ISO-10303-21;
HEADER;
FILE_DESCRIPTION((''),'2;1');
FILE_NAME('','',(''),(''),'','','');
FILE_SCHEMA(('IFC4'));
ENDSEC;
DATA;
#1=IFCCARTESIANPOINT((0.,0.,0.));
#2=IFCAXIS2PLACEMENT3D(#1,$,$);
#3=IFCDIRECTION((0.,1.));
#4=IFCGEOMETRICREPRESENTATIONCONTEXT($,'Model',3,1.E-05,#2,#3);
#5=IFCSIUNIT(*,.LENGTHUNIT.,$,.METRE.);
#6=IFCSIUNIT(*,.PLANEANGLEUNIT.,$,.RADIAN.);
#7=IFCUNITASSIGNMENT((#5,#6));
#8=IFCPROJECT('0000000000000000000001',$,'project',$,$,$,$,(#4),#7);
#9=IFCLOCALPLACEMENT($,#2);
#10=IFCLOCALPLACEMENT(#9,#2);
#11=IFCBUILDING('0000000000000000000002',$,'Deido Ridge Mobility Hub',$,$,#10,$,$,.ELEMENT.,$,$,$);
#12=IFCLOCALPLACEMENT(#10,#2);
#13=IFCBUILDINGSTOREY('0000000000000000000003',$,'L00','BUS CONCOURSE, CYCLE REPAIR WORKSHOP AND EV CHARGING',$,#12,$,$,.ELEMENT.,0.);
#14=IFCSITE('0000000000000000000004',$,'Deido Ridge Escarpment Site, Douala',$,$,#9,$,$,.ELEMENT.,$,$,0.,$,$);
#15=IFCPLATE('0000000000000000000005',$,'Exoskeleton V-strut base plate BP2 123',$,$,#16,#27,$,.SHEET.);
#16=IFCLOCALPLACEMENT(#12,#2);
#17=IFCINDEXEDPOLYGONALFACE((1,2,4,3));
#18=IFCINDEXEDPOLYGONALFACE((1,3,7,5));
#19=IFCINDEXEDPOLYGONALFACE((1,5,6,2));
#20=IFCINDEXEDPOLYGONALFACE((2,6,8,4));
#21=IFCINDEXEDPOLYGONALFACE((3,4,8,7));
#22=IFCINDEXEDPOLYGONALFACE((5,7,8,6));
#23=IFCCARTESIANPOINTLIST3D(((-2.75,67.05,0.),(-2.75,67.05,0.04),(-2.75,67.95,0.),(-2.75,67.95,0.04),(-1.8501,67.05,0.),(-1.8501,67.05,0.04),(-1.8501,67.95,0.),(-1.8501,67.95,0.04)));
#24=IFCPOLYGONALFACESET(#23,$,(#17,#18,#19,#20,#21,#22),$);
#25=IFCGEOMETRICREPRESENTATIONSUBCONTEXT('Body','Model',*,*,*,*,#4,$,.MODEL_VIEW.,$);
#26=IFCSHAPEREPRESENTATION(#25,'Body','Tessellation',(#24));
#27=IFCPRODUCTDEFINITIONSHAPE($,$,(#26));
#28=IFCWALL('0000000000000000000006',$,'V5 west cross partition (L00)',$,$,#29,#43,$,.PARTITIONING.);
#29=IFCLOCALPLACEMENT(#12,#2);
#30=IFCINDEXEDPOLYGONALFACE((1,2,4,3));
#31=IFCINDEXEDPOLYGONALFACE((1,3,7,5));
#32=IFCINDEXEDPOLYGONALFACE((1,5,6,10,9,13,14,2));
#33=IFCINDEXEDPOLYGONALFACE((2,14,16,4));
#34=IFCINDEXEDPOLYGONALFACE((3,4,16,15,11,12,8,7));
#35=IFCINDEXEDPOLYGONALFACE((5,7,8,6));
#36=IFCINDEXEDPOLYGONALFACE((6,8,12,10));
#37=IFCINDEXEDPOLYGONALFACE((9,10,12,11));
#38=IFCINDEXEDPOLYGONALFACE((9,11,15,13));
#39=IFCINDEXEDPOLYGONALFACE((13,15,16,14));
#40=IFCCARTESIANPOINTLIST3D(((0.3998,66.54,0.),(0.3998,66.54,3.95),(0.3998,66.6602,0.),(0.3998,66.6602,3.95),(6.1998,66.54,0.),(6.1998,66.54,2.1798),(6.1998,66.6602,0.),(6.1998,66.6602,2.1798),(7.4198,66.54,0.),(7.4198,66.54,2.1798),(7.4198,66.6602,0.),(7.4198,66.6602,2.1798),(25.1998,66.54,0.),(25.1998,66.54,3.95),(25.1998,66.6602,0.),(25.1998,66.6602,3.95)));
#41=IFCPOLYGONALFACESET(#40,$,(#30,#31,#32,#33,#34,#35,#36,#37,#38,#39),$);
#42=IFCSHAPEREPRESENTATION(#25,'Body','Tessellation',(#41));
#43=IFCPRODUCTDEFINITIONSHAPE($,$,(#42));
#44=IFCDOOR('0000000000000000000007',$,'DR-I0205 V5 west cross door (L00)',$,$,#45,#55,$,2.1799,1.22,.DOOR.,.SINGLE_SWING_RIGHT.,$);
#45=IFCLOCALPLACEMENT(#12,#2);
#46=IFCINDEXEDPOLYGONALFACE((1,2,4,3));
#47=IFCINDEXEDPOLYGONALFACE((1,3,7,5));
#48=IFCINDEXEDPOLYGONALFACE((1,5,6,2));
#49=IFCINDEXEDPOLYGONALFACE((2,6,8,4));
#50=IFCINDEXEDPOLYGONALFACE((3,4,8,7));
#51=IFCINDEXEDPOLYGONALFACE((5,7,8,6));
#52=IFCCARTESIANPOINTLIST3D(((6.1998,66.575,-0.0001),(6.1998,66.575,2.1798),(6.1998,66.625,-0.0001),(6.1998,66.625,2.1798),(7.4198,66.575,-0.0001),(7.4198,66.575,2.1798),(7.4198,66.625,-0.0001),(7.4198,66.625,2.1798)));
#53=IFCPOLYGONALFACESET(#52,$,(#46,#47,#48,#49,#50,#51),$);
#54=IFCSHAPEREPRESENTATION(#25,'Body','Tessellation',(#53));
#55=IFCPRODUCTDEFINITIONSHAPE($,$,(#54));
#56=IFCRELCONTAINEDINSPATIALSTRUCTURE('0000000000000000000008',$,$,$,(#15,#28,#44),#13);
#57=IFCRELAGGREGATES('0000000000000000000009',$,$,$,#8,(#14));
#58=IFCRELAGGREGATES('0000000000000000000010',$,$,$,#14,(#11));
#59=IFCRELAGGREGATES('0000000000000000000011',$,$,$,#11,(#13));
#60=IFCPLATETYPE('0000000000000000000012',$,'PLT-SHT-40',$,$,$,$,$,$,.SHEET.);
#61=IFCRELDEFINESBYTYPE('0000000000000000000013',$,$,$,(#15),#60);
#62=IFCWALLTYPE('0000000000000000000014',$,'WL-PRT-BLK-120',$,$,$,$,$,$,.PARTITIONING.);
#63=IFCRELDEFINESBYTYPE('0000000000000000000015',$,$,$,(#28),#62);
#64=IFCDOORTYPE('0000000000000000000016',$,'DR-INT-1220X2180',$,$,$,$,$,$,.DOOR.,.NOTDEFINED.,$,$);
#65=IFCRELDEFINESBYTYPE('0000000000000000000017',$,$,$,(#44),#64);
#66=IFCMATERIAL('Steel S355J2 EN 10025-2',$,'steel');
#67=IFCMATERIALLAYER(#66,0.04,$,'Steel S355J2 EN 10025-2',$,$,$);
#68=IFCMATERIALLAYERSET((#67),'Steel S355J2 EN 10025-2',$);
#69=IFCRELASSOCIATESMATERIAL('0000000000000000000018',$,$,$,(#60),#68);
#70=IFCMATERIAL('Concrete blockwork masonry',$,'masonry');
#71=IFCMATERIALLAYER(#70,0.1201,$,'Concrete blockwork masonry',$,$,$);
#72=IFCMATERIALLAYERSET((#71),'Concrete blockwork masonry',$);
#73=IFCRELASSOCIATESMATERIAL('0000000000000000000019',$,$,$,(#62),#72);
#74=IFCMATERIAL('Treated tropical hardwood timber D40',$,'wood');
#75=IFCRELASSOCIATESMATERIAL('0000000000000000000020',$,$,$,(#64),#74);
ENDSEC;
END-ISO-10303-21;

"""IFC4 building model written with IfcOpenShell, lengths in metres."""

from ifc_helpers import new_model, si_unit, direction, frame, frame_2d, origin, origin_2d, place, context, subcontext, project, spatial, rectangle, extrude, material, layer, layer_set, type_object, element, fill, save


model = new_model("IFC4")

# Units and contexts
model_context = context("Model", 3, precision=1e-05, world=origin(), true_north=direction((0.0, 1.0)))
body_context = subcontext(model_context, "Body", "Model", "MODEL_VIEW")
ifc_project = project(units=[si_unit("LENGTHUNIT", "METRE"), si_unit("PLANEANGLEUNIT", "RADIAN")], contexts=[model_context])

# Site, building, storey
site_placement = place(None, origin())
site = spatial("IfcSite", under=ifc_project, at=site_placement, Name="Deido Ridge Escarpment Site, Douala", CompositionType="ELEMENT", RefElevation=0.0)
building_placement = place(site_placement, origin())
building = spatial("IfcBuilding", under=site, at=building_placement, Name="Deido Ridge Mobility Hub", CompositionType="ELEMENT")
storey_placement = place(building_placement, origin())
storey = spatial("IfcBuildingStorey", under=building, at=storey_placement, Name="L00", Description="BUS CONCOURSE, CYCLE REPAIR WORKSHOP AND EV CHARGING", CompositionType="ELEMENT", Elevation=0.0)

# Shared definitions
ifc_material_1 = material(Name="Steel S355J2 EN 10025-2", Category="steel")

# Plate
ifc_layer_1 = layer(ifc_material_1, 0.04, Name="Steel S355J2 EN 10025-2")
ifc_layer_set_1 = layer_set([ifc_layer_1], Name="Steel S355J2 EN 10025-2")
plate_type_1 = type_object("IfcPlateType", Name="PLT-SHT-40", PredefinedType="SHEET", material=ifc_layer_set_1)
plate_1_placement = place(storey_placement, frame((-2.3, 67.5, 0.0), z_axis=(0.0, 0.0, 1.0), x_axis=(1.0, 0.0, 0.0)))
element("IfcPlate", 1, at=plate_1_placement, inside=storey, type_object=plate_type_1, Name="Exoskeleton V-strut base plate BP2 123", PredefinedType="SHEET", context=body_context, shape_type="SweptSolid", body=[
    extrude(rectangle(XDim=0.8999, YDim=0.8999, at=origin_2d()), origin(), (0.0, 0.0, 1.0), 0.04),
])

# Wall, opening, door
ifc_material_2 = material(Name="Concrete blockwork masonry", Category="masonry")
ifc_layer_2 = layer(ifc_material_2, 0.1201, Name="Concrete blockwork masonry")
ifc_layer_set_2 = layer_set([ifc_layer_2], Name="Concrete blockwork masonry")
wall_type = type_object("IfcWallType", Name="WL-PRT-BLK-120", PredefinedType="PARTITIONING", material=ifc_layer_set_2)
wall_placement = place(storey_placement, frame((0.3999, 66.6001, 0.0), z_axis=(0.0, 0.0, 1.0), x_axis=(1.0, 0.0, 0.0)))
wall = element("IfcWall", 2, at=wall_placement, inside=storey, type_object=wall_type, Name="V5 west cross partition (L00)", PredefinedType="PARTITIONING", context=body_context, shape_type="SweptSolid", body=[
    extrude(rectangle(XDim=24.8, YDim=0.1201, at=frame_2d((12.3999, 0.0))), origin(), (0.0, 0.0, 1.0), 3.95),
])
opening_placement = place(wall_placement, frame((5.8, 0.0, 0.0)))
opening = element("IfcOpeningElement", 3, at=opening_placement, cuts=wall, PredefinedType="OPENING", context=body_context, shape_type="SweptSolid", body=[
    extrude(rectangle(XDim=1.22, YDim=2.1799, at=frame_2d((0.6099, 1.0898))), frame((0.0, 0.0701, 0.0), z_axis=(0.0, -1.0, 0.0), x_axis=(1.0, 0.0, 0.0)), (0.0, 0.0, 1.0), 0.1401),
])
ifc_material_3 = material(Name="Treated tropical hardwood timber D40", Category="wood")
door_type = type_object("IfcDoorType", Name="DR-INT-1220X2180", OperationType="NOTDEFINED", PredefinedType="DOOR", material=ifc_material_3)
door_placement = place(opening_placement, origin())
door = element("IfcDoor", 4, at=door_placement, inside=storey, type_object=door_type, Name="DR-I0205 V5 west cross door (L00)", OperationType="SINGLE_SWING_RIGHT", OverallHeight=2.1799, OverallWidth=1.22, PredefinedType="DOOR", context=body_context, shape_type="SweptSolid", body=[
    extrude(rectangle(XDim=1.22, YDim=2.1799, at=frame_2d((0.6099, 1.0898))), frame((0.0, 0.0249, 0.0), z_axis=(0.0, -1.0, 0.0), x_axis=(1.0, 0.0, 0.0)), (0.0, 0.0, 1.0), 0.05),
])
fill(opening, door)

save(model, "model.ifc")
